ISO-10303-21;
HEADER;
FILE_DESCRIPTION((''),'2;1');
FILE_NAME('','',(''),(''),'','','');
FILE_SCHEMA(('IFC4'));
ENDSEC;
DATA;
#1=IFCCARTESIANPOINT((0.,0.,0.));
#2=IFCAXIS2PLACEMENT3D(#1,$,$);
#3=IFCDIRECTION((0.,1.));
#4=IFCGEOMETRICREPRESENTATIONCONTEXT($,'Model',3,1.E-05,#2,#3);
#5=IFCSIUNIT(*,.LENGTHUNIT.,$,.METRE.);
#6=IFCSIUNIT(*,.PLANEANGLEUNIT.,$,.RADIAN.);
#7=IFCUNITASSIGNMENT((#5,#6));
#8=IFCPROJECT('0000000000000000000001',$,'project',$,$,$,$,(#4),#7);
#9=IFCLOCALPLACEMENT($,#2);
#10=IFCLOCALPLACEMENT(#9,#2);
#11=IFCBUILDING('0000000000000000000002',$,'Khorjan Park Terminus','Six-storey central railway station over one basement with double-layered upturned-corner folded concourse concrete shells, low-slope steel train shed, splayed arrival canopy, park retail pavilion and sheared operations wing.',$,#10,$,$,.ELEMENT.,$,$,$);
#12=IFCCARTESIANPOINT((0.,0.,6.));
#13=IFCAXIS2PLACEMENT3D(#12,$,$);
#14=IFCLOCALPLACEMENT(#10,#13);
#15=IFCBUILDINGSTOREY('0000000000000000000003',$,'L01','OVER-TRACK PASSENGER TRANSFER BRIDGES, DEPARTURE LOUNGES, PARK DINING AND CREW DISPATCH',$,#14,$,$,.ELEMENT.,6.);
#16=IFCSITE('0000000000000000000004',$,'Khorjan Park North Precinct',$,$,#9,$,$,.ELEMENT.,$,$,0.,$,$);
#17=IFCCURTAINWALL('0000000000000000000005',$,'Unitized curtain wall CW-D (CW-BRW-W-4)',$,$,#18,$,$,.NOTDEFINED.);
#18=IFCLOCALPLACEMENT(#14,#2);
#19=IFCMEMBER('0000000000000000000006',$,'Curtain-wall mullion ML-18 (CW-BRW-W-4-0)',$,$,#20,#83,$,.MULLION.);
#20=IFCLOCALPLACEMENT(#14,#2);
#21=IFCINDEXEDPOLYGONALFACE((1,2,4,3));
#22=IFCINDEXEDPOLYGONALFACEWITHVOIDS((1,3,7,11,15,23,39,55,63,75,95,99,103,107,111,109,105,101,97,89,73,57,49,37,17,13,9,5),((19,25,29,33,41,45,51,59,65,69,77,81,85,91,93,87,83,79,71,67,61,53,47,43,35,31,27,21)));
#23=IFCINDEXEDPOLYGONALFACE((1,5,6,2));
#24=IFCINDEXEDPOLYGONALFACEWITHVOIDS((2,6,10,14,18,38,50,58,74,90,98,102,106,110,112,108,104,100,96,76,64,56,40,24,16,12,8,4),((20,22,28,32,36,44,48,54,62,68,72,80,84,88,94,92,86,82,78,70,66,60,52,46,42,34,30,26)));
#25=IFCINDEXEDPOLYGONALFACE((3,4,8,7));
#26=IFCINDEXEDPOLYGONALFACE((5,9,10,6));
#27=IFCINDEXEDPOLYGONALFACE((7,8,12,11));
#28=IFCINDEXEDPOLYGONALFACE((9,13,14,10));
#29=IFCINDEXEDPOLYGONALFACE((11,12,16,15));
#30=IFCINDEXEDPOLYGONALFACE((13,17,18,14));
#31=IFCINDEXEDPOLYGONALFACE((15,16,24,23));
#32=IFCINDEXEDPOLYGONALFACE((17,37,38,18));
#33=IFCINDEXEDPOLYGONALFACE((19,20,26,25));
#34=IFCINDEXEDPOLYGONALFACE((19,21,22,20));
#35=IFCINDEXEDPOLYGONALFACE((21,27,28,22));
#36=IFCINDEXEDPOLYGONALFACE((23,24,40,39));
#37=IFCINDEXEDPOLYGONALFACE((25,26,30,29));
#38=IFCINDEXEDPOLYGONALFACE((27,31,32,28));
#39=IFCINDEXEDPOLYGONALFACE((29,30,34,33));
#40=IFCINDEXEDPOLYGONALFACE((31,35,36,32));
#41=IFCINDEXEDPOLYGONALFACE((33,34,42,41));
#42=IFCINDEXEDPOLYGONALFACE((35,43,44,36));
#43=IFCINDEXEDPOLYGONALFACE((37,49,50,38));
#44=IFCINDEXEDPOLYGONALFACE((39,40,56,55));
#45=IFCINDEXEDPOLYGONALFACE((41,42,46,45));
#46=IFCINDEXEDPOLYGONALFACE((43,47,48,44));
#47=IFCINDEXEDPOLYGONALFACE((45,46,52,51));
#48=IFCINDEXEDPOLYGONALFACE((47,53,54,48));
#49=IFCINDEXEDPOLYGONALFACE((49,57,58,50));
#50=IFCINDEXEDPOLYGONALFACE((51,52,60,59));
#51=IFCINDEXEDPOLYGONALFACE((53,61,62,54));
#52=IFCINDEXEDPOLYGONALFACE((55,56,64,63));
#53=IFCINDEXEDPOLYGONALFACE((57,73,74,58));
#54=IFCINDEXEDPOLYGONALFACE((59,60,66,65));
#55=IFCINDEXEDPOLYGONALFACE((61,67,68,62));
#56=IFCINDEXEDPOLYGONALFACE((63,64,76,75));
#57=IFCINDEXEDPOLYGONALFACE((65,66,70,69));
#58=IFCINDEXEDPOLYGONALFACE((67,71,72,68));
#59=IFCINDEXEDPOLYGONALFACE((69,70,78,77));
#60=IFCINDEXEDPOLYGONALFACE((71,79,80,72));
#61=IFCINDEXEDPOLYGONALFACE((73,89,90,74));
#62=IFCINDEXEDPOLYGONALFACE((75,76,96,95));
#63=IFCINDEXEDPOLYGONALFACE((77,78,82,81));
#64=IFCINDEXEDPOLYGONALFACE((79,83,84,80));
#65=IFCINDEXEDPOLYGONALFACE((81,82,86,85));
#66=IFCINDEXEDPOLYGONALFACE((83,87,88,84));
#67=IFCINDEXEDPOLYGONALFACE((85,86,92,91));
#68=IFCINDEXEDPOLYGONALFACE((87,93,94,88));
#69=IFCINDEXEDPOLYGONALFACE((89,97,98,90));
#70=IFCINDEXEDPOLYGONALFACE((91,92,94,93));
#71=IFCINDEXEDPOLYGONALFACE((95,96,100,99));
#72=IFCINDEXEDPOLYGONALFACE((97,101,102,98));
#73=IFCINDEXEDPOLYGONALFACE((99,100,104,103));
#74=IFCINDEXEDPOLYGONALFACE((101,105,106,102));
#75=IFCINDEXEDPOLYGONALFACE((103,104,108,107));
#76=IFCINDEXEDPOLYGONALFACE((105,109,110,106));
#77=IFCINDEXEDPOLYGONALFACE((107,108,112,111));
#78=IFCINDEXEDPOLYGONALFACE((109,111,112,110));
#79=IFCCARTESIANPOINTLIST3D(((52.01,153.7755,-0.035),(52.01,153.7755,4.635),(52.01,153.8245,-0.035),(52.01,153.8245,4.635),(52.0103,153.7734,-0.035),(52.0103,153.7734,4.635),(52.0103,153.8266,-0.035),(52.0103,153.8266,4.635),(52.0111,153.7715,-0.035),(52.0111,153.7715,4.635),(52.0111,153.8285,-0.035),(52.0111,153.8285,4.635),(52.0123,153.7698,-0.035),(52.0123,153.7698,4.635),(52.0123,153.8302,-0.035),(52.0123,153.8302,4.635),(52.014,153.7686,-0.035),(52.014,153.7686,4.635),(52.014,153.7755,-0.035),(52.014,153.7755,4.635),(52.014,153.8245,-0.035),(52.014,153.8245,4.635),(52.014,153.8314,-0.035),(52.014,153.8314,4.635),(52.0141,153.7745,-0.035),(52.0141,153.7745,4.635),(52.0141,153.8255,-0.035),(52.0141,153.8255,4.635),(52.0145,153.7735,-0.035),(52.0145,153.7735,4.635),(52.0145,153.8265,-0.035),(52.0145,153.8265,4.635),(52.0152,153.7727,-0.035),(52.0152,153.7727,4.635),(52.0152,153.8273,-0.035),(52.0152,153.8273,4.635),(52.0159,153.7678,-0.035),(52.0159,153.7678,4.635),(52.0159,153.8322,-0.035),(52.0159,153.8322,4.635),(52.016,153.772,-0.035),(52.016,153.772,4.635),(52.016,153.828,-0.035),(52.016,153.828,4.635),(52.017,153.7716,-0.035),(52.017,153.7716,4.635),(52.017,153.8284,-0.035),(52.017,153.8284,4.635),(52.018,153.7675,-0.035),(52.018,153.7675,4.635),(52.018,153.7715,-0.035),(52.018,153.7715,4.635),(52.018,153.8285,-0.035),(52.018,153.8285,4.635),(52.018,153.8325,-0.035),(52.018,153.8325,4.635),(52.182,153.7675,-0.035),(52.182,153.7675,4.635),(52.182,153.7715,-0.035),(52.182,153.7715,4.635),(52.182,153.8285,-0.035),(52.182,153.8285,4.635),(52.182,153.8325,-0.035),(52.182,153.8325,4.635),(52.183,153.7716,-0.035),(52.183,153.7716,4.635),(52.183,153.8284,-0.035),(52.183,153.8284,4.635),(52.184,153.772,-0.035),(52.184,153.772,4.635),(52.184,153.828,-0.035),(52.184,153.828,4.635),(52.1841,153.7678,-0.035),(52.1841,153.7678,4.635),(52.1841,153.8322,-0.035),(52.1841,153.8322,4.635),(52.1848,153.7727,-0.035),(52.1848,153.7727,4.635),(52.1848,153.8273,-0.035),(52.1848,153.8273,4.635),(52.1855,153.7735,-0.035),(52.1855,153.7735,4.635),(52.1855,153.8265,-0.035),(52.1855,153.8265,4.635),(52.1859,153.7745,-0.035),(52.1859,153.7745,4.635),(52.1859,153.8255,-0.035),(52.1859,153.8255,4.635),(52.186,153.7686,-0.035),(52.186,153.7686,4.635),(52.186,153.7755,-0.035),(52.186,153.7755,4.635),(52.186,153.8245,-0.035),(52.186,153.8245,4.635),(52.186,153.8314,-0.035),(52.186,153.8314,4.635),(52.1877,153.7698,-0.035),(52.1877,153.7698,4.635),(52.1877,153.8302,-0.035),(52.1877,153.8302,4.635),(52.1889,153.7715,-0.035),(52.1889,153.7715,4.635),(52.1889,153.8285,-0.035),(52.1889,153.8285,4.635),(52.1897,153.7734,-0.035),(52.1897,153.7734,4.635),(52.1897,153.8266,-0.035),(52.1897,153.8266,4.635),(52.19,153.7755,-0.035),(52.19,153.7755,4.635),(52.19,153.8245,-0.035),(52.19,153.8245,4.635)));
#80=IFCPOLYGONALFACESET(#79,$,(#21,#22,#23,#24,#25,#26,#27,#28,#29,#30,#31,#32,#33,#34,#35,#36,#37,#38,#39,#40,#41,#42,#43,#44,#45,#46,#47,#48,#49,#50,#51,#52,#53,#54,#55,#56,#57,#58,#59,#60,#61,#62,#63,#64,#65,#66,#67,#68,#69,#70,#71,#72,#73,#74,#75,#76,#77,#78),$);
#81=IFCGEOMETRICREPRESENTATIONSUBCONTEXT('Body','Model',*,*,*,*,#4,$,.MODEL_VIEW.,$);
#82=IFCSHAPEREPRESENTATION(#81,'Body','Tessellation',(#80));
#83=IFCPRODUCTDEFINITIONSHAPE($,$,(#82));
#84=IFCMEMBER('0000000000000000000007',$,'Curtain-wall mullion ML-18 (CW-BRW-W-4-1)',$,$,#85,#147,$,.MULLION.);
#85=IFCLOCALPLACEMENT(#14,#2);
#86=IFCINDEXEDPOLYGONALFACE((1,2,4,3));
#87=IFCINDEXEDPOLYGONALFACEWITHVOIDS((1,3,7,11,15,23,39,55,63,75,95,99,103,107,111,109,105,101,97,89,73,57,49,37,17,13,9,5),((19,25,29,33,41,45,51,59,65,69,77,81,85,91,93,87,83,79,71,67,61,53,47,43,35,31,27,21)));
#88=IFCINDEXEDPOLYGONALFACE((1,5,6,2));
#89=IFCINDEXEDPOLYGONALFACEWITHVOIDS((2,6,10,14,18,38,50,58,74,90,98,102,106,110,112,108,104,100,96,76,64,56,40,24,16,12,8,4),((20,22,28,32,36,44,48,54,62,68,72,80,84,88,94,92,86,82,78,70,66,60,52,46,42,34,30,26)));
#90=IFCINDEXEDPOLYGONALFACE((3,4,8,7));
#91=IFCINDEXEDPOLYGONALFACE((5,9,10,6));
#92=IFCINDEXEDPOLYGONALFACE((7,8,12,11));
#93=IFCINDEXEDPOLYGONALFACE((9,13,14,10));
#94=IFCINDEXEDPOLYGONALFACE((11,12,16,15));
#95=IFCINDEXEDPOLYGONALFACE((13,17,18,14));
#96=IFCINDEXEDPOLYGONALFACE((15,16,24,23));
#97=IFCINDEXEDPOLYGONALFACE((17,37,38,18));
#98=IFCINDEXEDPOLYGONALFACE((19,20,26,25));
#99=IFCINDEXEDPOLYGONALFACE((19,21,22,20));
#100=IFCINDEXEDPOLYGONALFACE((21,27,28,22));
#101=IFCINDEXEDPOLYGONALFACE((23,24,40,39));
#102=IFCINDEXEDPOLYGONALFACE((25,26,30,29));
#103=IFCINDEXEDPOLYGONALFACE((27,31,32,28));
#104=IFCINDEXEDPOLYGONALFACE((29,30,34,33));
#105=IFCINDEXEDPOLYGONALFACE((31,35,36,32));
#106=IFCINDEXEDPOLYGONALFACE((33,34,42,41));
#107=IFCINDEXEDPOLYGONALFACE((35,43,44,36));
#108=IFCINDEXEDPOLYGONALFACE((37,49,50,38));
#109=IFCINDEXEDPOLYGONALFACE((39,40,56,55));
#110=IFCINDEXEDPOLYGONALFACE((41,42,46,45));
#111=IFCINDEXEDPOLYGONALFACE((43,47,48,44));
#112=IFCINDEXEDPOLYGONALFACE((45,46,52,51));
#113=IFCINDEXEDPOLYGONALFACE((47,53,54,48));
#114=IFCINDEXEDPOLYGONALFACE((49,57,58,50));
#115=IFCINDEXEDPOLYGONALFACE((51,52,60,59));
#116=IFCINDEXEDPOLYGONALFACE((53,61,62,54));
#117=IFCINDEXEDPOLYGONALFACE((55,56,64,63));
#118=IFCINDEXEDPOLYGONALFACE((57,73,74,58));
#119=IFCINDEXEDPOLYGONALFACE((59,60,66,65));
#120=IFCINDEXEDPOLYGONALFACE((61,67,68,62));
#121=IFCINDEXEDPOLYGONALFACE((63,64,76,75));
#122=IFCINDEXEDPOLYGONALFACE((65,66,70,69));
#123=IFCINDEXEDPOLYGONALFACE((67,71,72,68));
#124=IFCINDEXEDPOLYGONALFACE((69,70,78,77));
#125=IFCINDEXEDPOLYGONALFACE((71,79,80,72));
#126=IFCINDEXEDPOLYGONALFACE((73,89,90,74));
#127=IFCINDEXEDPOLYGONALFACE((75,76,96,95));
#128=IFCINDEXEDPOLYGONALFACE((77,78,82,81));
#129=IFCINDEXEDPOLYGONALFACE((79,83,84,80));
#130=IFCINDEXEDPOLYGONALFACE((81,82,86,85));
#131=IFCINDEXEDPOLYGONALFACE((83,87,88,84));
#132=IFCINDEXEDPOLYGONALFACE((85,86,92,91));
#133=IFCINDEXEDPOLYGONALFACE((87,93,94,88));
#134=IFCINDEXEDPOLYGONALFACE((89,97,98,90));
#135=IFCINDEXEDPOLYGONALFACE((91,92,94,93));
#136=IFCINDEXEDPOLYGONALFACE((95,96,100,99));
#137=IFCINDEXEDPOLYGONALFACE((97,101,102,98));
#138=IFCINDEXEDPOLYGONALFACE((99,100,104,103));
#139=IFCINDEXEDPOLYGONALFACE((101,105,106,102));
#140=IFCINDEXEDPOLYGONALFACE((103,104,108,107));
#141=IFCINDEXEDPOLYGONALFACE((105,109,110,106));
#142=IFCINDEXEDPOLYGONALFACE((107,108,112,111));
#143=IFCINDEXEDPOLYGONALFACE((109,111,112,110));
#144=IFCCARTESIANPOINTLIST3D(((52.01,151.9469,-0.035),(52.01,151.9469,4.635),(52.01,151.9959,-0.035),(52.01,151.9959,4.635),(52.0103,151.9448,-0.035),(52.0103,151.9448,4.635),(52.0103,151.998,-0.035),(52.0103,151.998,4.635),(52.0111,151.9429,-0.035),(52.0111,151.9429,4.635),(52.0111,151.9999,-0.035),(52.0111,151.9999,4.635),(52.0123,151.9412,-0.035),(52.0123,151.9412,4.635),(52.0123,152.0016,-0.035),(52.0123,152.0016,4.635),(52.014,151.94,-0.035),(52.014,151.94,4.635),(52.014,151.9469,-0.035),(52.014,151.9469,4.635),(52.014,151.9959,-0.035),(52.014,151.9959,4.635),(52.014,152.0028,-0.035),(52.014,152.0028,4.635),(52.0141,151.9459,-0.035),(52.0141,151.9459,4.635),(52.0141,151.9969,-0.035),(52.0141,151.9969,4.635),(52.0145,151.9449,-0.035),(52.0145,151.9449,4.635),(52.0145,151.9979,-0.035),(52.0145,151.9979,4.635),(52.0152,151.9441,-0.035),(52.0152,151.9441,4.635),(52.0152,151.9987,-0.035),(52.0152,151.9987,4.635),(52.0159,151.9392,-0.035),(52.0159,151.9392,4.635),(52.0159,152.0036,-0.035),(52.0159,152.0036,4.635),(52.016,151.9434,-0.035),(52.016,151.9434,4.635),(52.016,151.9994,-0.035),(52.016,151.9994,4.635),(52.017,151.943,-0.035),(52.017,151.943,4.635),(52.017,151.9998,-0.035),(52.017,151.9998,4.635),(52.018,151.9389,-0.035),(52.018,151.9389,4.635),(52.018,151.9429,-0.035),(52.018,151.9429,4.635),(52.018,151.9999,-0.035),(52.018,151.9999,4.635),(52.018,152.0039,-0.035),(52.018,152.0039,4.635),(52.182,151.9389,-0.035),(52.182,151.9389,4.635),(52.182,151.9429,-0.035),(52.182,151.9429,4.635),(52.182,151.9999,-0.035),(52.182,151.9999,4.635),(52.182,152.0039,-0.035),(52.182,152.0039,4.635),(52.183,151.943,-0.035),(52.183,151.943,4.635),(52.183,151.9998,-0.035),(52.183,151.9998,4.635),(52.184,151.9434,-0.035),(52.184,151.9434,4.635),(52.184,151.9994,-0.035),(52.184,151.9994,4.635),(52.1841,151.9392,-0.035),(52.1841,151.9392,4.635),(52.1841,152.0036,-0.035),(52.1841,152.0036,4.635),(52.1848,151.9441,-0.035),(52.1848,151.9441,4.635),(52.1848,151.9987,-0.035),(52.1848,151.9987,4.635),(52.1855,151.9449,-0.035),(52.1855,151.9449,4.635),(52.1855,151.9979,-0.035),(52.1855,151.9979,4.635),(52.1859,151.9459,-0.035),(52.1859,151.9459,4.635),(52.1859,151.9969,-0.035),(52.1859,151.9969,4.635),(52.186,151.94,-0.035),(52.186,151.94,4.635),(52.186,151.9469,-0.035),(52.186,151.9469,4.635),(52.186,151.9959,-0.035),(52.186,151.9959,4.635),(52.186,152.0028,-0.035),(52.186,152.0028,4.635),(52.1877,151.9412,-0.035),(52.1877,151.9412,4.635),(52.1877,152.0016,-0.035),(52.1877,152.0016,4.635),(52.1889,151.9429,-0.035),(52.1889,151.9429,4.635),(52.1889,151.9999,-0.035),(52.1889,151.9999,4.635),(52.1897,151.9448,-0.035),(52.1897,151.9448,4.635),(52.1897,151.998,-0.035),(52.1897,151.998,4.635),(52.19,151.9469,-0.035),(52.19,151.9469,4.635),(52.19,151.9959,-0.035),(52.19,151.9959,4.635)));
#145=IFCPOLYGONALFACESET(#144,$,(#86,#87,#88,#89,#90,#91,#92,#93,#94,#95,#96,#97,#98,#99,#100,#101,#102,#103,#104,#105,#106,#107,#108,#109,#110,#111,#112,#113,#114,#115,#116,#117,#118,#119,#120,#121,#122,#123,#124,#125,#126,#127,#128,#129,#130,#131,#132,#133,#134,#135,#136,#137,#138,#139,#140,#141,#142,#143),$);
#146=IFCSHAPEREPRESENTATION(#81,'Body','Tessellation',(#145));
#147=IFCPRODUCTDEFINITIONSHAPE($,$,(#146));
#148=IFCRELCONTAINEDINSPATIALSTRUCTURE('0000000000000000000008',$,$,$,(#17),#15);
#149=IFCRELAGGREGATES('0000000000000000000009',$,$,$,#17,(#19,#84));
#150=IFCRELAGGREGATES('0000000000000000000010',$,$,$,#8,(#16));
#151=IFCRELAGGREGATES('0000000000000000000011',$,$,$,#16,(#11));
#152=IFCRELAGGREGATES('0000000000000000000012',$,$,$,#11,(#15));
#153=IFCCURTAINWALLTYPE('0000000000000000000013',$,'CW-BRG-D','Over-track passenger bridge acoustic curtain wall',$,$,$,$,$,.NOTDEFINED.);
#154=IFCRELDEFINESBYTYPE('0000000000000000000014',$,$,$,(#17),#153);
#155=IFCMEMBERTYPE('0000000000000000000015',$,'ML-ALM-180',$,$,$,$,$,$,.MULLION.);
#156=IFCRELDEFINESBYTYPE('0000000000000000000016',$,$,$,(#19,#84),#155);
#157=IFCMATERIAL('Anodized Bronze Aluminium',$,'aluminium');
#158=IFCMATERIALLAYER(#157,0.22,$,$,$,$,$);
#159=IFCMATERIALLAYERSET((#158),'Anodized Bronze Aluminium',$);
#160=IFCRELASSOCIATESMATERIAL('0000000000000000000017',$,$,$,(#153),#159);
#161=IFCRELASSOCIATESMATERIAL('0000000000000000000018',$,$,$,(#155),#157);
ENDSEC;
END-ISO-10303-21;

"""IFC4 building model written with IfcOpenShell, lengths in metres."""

from ifc_helpers import new_model, si_unit, direction, frame, origin, origin_2d, place, context, subcontext, project, spatial, hollow_rectangle, extrude, material, layer, layer_set, material_profile, profile_set, type_object, element, aggregate, save


model = new_model("IFC4")

# Units and contexts
model_context = context("Model", 3, precision=1e-05, world=origin(), true_north=direction((0.0, 1.0)))
body_context = subcontext(model_context, "Body", "Model", "MODEL_VIEW")
ifc_project = project(units=[si_unit("LENGTHUNIT", "METRE"), si_unit("PLANEANGLEUNIT", "RADIAN")], contexts=[model_context])

# Site, building, storey
site_placement = place(None, origin())
site = spatial("IfcSite", under=ifc_project, at=site_placement, Name="Khorjan Park North Precinct", CompositionType="ELEMENT", RefElevation=0.0)
building_placement = place(site_placement, origin())
building = spatial("IfcBuilding", under=site, at=building_placement, Name="Khorjan Park Terminus", Description="Six-storey central railway station over one basement with double-layered upturned-corner folded concourse concrete shells, low-slope steel train shed, splayed arrival canopy, park retail pavilion and sheared operations wing.", CompositionType="ELEMENT")
storey_placement = place(building_placement, frame((0.0, 0.0, 6.0)))
storey = spatial("IfcBuildingStorey", under=building, at=storey_placement, Name="L01", Description="OVER-TRACK PASSENGER TRANSFER BRIDGES, DEPARTURE LOUNGES, PARK DINING AND CREW DISPATCH", CompositionType="ELEMENT", Elevation=6.0)

# Curtain wall, members
ifc_material_1 = material(Name="Anodized Bronze Aluminium", Category="aluminium")
ifc_layer_1 = layer(ifc_material_1, 0.22)
ifc_layer_set_1 = layer_set([ifc_layer_1], Name="Anodized Bronze Aluminium")
curtain_wall_type = type_object("IfcCurtainWallType", Name="CW-BRG-D", Description="Over-track passenger bridge acoustic curtain wall", PredefinedType="NOTDEFINED", material=ifc_layer_set_1)
curtain_wall_placement = place(storey_placement, origin())
curtain_wall = element("IfcCurtainWall", 1, at=curtain_wall_placement, inside=storey, type_object=curtain_wall_type, Name="Unitized curtain wall CW-D (CW-BRW-W-4)", PredefinedType="NOTDEFINED")
ifc_material_profile_1 = material_profile(ifc_material_1, hollow_rectangle(XDim=0.065, YDim=0.18, WallThickness=0.004, InnerFilletRadius=0.004, OuterFilletRadius=0.008, at=origin_2d()), Name="ALM 65x180x4")
ifc_profile_set_1 = profile_set([ifc_material_profile_1], Name="Anodized Bronze Aluminium")
member_type_1 = type_object("IfcMemberType", Name="ML-ALM-180", PredefinedType="MULLION", material=ifc_profile_set_1)
member_1_placement = place(storey_placement, frame((52.1, 153.8, -0.035), z_axis=(0.0, 0.0, 1.0), x_axis=(0.0, -1.0, 0.0)))
member_1 = element("IfcMember", 2, at=member_1_placement, type_object=member_type_1, Name="Curtain-wall mullion ML-18 (CW-BRW-W-4-0)", PredefinedType="MULLION", context=body_context, shape_type="SweptSolid", body=[
    extrude(hollow_rectangle(XDim=0.065, YDim=0.18, WallThickness=0.004, InnerFilletRadius=0.004, OuterFilletRadius=0.008, at=origin_2d()), origin(), (0.0, 0.0, 1.0), 4.67),
])
member_2_placement = place(storey_placement, frame((52.1, 151.9714, -0.035), z_axis=(0.0, 0.0, 1.0), x_axis=(0.0, -1.0, 0.0)))
member_2 = element("IfcMember", 3, at=member_2_placement, type_object=member_type_1, Name="Curtain-wall mullion ML-18 (CW-BRW-W-4-1)", PredefinedType="MULLION", context=body_context, shape_type="SweptSolid", body=[
    extrude(hollow_rectangle(XDim=0.065, YDim=0.18, WallThickness=0.004, InnerFilletRadius=0.004, OuterFilletRadius=0.008, at=origin_2d()), origin(), (0.0, 0.0, 1.0), 4.67),
])
aggregate(curtain_wall, [member_1, member_2])

save(model, "model.ifc")
